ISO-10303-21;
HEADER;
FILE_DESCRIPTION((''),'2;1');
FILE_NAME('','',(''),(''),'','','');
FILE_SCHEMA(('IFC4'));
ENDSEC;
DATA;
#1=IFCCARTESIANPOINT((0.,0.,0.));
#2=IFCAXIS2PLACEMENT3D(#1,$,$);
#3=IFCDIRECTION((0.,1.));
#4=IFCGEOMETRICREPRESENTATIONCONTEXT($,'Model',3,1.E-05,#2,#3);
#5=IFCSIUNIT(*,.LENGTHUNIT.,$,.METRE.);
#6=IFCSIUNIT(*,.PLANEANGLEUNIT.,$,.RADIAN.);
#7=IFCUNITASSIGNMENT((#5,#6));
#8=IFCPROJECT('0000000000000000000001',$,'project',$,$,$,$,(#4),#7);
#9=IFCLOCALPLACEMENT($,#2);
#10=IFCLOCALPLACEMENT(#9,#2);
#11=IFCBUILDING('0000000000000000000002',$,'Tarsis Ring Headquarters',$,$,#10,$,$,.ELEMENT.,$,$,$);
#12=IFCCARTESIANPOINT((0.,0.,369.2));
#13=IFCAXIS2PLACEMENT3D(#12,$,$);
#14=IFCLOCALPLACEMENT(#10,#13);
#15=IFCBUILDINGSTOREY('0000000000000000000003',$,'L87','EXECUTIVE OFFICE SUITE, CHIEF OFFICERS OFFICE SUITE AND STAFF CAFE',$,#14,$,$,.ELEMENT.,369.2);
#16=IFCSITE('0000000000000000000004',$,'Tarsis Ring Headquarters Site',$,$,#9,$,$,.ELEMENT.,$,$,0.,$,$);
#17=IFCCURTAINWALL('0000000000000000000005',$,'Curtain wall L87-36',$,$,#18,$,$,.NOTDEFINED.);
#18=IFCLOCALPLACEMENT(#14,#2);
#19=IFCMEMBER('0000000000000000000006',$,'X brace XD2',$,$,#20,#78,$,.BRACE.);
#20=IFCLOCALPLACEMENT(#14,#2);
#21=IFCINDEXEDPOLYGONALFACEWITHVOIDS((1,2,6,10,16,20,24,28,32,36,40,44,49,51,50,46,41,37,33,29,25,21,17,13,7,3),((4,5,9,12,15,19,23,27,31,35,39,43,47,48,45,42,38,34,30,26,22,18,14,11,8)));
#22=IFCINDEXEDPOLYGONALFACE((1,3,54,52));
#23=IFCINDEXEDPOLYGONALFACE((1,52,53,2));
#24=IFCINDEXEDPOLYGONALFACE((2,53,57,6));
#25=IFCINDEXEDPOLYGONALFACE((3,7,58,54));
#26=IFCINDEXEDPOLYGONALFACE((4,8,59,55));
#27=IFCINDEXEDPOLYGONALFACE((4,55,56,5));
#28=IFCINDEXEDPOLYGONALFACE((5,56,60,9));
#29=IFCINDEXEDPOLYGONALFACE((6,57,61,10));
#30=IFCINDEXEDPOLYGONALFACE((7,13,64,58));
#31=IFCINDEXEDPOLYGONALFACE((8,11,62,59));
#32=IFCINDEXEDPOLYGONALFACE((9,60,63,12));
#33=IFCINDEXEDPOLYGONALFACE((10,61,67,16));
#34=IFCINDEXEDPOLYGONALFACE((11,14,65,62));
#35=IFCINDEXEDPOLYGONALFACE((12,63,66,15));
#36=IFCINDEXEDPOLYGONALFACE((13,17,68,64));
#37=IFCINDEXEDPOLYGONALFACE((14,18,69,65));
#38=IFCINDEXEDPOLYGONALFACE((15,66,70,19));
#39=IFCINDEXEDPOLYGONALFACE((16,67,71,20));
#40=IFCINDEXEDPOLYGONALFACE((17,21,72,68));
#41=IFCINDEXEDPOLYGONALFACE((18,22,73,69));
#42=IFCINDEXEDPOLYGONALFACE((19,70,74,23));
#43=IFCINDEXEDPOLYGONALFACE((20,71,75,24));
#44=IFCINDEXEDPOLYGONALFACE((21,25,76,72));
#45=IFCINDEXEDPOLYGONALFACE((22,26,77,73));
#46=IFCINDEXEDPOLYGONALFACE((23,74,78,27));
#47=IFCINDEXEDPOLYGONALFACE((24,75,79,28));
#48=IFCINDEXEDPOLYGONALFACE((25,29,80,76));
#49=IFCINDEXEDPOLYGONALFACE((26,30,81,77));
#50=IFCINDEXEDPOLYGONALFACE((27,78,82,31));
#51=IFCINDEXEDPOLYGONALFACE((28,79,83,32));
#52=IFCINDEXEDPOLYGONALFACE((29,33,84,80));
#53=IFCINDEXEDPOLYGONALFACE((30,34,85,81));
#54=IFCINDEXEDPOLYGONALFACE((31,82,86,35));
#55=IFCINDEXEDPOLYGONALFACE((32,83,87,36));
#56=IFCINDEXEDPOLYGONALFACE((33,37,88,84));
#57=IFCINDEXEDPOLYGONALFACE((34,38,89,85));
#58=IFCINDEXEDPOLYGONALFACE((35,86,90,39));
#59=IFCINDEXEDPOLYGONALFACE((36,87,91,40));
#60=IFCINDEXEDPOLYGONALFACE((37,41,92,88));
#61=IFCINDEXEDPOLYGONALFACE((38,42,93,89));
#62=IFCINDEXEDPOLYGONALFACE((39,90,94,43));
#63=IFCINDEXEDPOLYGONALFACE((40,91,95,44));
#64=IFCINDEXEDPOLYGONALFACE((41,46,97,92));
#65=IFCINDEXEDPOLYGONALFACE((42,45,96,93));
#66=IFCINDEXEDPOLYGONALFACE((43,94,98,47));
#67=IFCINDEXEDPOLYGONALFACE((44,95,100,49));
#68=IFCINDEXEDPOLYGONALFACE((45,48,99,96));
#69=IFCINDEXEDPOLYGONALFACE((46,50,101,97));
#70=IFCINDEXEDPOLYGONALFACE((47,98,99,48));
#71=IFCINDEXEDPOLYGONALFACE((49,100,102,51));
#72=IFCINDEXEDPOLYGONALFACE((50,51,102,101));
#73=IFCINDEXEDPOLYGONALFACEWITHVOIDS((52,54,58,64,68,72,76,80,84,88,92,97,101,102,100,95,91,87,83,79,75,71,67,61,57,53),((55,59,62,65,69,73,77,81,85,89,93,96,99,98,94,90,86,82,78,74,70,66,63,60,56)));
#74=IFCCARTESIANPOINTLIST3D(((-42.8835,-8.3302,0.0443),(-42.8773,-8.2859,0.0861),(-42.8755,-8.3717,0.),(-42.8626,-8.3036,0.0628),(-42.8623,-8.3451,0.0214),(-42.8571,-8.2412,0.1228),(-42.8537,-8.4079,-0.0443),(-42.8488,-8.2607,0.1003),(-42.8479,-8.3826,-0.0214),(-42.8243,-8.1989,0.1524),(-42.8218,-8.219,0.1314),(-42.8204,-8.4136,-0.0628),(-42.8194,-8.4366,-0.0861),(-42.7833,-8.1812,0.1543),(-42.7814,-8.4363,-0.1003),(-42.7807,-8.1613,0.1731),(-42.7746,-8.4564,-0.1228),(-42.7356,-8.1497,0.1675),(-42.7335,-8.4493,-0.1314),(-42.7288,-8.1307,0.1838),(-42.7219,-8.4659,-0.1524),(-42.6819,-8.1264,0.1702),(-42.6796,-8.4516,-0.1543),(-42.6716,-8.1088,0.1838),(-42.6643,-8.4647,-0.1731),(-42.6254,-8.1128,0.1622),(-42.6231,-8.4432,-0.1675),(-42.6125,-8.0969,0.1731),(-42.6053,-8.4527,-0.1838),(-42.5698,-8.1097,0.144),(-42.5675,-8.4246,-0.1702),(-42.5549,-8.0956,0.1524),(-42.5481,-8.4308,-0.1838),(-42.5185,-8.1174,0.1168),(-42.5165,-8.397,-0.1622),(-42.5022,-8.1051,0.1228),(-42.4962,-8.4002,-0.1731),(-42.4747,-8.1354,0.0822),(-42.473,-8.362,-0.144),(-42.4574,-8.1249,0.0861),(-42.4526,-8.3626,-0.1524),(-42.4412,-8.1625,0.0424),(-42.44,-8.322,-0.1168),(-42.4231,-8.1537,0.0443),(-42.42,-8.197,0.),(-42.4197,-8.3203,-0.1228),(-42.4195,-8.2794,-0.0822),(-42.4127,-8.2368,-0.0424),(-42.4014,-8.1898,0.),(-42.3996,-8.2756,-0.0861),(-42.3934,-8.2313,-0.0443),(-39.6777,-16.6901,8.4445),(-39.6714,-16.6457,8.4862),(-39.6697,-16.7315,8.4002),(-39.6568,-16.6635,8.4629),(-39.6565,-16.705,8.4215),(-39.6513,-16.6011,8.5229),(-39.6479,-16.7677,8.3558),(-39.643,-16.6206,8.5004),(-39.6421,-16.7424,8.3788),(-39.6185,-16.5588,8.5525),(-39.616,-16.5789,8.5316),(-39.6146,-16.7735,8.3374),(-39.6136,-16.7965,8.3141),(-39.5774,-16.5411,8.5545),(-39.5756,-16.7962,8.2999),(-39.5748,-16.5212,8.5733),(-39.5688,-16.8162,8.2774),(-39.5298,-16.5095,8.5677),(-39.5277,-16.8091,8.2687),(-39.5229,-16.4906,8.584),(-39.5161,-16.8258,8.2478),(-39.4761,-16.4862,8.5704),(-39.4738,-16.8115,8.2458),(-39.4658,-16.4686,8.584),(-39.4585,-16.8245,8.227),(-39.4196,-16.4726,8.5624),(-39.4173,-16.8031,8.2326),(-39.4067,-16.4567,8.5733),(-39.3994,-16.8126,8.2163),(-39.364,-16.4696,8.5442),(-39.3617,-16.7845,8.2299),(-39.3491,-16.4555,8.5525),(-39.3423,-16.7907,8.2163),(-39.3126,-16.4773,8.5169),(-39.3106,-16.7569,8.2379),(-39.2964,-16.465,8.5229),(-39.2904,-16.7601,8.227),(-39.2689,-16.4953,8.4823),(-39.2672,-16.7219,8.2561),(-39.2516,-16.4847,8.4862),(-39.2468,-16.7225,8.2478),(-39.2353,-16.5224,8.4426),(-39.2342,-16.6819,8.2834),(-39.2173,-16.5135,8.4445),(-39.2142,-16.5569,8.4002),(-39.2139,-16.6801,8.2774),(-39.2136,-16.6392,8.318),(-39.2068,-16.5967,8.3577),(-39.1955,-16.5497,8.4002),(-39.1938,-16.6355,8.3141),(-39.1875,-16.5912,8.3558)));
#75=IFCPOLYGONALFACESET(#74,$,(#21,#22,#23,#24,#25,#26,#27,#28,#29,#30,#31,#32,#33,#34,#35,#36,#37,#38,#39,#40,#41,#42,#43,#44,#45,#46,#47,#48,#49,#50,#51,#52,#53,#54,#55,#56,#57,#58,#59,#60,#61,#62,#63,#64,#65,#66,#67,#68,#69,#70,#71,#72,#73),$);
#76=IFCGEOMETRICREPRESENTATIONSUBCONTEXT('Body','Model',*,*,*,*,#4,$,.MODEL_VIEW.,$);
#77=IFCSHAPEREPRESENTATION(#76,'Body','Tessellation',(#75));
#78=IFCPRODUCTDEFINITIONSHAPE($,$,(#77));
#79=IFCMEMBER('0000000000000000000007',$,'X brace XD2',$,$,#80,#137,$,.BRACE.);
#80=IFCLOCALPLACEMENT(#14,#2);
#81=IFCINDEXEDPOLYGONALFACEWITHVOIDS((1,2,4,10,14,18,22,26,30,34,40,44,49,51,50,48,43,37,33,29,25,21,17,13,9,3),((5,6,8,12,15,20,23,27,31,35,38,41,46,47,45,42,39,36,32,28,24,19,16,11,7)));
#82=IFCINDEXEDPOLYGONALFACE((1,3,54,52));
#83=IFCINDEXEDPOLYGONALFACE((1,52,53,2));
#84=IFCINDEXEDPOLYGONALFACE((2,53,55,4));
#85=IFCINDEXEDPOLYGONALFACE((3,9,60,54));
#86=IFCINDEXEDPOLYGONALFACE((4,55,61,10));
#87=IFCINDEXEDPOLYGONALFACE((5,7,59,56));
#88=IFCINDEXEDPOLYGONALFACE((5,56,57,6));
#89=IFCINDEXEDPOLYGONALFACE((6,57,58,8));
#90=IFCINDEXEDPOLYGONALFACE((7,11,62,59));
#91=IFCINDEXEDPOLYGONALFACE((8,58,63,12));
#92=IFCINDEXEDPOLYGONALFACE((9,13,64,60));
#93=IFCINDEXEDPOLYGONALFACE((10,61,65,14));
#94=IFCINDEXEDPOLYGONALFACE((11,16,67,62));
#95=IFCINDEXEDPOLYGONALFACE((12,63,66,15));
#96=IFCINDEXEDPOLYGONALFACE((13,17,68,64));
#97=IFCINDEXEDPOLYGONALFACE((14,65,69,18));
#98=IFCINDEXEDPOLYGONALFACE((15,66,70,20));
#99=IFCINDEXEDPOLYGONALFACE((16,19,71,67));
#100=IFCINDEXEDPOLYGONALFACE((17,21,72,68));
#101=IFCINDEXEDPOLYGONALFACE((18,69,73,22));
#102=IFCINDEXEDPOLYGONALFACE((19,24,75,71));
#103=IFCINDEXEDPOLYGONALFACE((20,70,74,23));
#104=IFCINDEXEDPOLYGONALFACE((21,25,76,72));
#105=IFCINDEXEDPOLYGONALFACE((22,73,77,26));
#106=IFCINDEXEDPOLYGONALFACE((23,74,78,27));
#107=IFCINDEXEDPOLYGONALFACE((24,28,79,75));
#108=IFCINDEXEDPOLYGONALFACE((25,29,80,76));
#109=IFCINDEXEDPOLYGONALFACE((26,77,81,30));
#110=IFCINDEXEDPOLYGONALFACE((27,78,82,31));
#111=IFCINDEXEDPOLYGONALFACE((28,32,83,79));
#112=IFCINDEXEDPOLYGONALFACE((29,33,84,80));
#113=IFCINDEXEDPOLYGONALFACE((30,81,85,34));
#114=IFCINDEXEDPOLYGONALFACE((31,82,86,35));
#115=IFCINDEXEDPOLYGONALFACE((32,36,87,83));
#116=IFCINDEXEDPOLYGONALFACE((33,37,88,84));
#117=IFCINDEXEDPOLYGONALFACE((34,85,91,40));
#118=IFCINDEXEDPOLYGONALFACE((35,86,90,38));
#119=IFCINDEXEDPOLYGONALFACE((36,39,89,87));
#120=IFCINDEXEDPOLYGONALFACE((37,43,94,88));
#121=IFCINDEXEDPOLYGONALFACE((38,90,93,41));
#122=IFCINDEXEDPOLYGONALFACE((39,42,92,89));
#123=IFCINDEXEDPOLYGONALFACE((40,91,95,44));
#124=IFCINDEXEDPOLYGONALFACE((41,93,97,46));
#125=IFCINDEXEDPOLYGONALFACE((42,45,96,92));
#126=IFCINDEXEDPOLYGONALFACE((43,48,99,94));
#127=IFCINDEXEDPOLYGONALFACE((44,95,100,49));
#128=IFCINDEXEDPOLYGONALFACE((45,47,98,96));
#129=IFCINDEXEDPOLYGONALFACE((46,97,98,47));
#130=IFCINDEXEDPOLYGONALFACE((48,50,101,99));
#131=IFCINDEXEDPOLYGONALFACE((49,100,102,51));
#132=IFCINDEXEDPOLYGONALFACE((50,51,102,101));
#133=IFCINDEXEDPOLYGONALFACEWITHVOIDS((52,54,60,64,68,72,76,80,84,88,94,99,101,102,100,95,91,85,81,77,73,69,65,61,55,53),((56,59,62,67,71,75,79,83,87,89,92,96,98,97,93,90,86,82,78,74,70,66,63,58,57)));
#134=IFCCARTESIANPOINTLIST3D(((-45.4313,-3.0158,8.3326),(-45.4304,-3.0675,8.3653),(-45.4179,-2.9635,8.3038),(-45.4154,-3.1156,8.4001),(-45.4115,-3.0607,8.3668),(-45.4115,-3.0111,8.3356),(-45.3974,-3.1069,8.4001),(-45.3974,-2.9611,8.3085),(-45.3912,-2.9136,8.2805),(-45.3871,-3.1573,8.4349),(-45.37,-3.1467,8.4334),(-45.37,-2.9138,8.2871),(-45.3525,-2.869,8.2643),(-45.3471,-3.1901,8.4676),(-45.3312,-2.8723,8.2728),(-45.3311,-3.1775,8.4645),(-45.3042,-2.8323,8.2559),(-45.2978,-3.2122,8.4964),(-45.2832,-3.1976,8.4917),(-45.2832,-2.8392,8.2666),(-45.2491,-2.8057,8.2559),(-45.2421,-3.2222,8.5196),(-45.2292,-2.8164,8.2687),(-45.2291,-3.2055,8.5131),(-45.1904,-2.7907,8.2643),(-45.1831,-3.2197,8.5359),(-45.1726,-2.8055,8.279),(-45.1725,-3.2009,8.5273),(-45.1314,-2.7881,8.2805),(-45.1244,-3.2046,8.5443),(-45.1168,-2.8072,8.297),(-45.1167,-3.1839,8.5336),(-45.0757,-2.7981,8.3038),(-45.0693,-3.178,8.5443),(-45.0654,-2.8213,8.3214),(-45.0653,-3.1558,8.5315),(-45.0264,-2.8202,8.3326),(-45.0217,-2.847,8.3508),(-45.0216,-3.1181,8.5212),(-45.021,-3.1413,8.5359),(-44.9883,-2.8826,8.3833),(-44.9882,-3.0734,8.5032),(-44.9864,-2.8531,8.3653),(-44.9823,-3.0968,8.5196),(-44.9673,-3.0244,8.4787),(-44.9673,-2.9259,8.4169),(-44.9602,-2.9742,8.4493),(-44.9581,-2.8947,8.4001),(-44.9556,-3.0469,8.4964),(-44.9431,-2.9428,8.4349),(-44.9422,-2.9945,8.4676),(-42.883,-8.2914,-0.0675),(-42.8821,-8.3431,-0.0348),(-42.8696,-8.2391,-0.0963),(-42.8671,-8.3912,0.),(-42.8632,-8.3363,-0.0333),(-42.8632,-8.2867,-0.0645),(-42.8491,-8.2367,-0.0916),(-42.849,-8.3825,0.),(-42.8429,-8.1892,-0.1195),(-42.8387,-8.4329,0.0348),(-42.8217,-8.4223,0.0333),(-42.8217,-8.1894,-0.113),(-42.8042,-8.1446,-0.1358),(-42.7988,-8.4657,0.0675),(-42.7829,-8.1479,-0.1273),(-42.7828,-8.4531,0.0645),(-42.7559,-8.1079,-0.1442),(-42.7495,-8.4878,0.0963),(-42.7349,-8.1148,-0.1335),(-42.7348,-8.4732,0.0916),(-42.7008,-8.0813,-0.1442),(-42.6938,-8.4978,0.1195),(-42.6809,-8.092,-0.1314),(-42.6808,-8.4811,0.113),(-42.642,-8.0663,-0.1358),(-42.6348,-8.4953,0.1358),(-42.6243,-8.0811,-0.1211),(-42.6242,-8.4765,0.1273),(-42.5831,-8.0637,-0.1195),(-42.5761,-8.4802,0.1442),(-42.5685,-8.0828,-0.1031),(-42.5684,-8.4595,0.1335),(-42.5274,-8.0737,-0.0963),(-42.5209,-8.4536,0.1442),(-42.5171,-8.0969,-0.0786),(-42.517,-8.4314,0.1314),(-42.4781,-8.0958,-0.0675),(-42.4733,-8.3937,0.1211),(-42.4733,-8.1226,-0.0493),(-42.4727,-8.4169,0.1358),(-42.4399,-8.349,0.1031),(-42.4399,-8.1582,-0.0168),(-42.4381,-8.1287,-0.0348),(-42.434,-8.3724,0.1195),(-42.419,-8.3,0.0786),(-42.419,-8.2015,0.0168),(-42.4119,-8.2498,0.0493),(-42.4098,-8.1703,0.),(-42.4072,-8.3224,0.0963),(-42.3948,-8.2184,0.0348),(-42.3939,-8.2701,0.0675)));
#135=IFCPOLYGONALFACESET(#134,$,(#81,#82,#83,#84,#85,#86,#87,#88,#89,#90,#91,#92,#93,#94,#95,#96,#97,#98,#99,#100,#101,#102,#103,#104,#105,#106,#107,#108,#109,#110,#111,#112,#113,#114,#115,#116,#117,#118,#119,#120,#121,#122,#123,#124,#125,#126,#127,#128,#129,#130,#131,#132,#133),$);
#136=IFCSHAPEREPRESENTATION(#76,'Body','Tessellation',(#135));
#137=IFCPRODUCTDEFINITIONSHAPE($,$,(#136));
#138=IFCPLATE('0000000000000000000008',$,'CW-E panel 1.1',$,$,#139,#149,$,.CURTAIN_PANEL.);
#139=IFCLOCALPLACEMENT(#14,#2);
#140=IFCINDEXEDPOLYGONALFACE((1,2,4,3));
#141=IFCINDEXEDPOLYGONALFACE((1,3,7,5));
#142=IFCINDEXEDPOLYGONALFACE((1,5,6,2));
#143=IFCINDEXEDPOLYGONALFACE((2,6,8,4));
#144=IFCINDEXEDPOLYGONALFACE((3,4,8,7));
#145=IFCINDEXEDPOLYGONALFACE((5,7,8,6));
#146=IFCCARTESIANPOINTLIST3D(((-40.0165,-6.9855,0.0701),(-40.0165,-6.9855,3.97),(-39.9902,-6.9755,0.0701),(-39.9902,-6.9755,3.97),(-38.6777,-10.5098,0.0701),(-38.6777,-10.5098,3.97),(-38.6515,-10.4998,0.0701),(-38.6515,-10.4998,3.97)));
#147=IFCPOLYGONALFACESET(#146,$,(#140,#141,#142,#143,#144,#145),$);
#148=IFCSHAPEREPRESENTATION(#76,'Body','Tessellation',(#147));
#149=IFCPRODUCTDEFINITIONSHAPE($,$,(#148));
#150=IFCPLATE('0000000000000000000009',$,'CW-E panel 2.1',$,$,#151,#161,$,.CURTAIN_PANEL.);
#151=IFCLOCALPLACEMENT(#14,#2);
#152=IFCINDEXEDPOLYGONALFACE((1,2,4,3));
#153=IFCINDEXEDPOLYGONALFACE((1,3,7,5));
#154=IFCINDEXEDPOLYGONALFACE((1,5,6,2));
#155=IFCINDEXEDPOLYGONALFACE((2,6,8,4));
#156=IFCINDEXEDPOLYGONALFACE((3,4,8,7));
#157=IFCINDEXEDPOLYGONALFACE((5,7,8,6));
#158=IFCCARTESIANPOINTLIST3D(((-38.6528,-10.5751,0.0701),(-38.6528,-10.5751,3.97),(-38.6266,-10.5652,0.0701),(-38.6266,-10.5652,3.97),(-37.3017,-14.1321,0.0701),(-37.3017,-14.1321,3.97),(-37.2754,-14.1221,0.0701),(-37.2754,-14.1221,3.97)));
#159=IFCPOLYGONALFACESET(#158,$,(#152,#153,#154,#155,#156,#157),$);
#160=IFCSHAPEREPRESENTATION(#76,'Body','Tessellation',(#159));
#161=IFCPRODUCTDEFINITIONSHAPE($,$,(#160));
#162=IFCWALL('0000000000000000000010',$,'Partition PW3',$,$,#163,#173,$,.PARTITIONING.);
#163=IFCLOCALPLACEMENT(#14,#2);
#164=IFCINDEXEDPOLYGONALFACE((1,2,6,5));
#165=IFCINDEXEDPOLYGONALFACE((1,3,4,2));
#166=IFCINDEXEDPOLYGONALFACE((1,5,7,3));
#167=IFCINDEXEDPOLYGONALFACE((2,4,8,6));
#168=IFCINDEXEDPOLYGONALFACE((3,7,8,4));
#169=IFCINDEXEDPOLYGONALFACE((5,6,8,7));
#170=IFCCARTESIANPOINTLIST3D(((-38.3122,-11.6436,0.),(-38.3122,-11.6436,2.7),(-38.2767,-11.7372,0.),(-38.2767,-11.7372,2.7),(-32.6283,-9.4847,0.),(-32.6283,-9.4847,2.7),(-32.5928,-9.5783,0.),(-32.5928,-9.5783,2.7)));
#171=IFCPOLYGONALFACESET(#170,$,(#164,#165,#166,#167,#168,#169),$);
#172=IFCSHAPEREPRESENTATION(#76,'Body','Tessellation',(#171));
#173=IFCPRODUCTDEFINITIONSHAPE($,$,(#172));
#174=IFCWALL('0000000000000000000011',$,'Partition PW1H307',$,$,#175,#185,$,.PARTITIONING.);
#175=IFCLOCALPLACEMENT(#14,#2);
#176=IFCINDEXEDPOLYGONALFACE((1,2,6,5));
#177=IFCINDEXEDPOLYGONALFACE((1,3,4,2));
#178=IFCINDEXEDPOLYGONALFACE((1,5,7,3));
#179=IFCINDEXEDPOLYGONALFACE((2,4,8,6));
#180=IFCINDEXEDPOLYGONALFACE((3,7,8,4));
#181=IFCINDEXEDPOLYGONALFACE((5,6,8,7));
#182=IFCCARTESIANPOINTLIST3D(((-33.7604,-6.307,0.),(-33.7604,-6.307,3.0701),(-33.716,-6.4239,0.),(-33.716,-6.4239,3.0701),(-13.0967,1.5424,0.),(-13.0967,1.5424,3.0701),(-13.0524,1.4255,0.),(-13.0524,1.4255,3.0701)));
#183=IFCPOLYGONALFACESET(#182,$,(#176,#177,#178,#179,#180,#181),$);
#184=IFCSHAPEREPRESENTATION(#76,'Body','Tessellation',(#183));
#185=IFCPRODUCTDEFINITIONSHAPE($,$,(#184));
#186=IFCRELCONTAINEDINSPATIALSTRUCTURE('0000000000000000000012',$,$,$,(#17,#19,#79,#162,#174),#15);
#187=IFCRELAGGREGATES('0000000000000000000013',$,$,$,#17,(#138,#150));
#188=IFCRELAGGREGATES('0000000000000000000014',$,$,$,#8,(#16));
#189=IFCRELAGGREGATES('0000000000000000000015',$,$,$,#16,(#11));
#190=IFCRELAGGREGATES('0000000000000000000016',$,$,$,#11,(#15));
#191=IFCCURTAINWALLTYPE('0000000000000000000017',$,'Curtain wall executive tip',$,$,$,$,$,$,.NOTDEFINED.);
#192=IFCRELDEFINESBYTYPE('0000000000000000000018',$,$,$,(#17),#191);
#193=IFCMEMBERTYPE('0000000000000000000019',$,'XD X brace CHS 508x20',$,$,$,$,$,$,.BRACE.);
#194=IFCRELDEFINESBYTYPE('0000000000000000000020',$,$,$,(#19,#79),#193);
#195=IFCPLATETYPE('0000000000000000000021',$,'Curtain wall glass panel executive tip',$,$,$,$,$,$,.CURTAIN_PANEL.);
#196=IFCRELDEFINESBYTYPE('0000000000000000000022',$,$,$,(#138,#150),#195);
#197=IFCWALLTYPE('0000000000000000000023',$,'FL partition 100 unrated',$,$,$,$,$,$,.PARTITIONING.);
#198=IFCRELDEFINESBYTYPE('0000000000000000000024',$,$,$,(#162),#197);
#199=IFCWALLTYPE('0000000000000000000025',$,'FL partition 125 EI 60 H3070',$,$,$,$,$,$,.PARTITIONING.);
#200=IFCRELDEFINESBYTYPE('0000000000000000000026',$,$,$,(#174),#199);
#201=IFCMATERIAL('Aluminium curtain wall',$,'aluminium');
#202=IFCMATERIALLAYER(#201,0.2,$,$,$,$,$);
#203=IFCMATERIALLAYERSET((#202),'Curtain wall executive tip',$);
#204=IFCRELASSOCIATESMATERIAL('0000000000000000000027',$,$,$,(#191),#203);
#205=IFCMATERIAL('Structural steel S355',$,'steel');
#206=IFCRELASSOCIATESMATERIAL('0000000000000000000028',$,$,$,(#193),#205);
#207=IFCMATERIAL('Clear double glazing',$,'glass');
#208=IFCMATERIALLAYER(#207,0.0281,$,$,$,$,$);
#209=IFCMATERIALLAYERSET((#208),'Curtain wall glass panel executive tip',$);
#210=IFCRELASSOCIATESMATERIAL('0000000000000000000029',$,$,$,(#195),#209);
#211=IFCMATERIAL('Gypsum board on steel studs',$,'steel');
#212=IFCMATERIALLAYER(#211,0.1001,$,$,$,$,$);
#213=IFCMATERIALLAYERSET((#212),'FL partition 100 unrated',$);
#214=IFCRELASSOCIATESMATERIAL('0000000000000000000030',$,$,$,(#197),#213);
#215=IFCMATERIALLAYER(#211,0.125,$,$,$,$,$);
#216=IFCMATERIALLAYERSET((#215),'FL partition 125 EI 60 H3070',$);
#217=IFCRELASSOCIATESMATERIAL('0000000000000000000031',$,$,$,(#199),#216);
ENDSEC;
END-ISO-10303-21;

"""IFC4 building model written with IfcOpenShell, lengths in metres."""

from ifc_helpers import new_model, si_unit, direction, frame, frame_2d, origin, origin_2d, place, context, subcontext, project, spatial, rectangle, hollow_circle, extrude, material, layer, layer_set, material_profile, profile_set, type_object, element, aggregate, save


model = new_model("IFC4")

# Units and contexts
model_context = context("Model", 3, precision=1e-05, world=origin(), true_north=direction((0.0, 1.0)))
body_context = subcontext(model_context, "Body", "Model", "MODEL_VIEW")
ifc_project = project(units=[si_unit("LENGTHUNIT", "METRE"), si_unit("PLANEANGLEUNIT", "RADIAN")], contexts=[model_context])

# Site, building, storey
site_placement = place(None, origin())
site = spatial("IfcSite", under=ifc_project, at=site_placement, Name="Tarsis Ring Headquarters Site", CompositionType="ELEMENT", RefElevation=0.0)
building_placement = place(site_placement, origin())
building = spatial("IfcBuilding", under=site, at=building_placement, Name="Tarsis Ring Headquarters", CompositionType="ELEMENT")
storey_placement = place(building_placement, frame((0.0, 0.0, 369.2)))
storey = spatial("IfcBuildingStorey", under=building, at=storey_placement, Name="L87", Description="EXECUTIVE OFFICE SUITE, CHIEF OFFICERS OFFICE SUITE AND STAFF CAFE", CompositionType="ELEMENT", Elevation=369.2)

# Curtain wall
ifc_material_1 = material(Name="Aluminium curtain wall", Category="aluminium")
ifc_layer_1 = layer(ifc_material_1, 0.2)
ifc_layer_set_1 = layer_set([ifc_layer_1], Name="Curtain wall executive tip")
curtain_wall_type = type_object("IfcCurtainWallType", Name="Curtain wall executive tip", PredefinedType="NOTDEFINED", material=ifc_layer_set_1)
curtain_wall_placement = place(storey_placement, origin())
curtain_wall = element("IfcCurtainWall", 1, at=curtain_wall_placement, inside=storey, type_object=curtain_wall_type, Name="Curtain wall L87-36", PredefinedType="NOTDEFINED")

# Members
ifc_material_2 = material(Name="Structural steel S355", Category="steel")
ifc_material_profile_1 = material_profile(ifc_material_2, hollow_circle(Radius=0.2539, WallThickness=0.02, at=origin_2d()), Name="CHS 508x20")
ifc_profile_set_1 = profile_set([ifc_material_profile_1], Name="Structural steel S355")
member_type_1 = type_object("IfcMemberType", Name="XD X brace CHS 508x20", PredefinedType="BRACE", material=ifc_profile_set_1)
member_1_placement = place(storey_placement, frame((-42.6384, -8.2808, 0.0), z_axis=(0.261121, -0.680932, 0.684213), x_axis=(0.933701, 0.358053, 0.0)))
element("IfcMember", 2, at=member_1_placement, inside=storey, type_object=member_type_1, Name="X brace XD2", PredefinedType="BRACE", context=body_context, shape_type="SweptSolid", body=[
    extrude(hollow_circle(Radius=0.2539, WallThickness=0.02, at=origin_2d()), origin(), (0.0, 0.0, 1.0), 12.2771),
])
member_2_placement = place(storey_placement, frame((-42.6384, -8.2808, 0.0), z_axis=(-0.248824, 0.515122, 0.820205), x_axis=(-0.900453, -0.434954, 0.0)))
element("IfcMember", 3, at=member_2_placement, inside=storey, type_object=member_type_1, Name="X brace XD2", PredefinedType="BRACE", context=body_context, shape_type="SweptSolid", body=[
    extrude(hollow_circle(Radius=0.2539, WallThickness=0.02, at=origin_2d()), origin(), (0.0, 0.0, 1.0), 10.2415),
])

# Plates
ifc_material_3 = material(Name="Clear double glazing", Category="glass")
ifc_layer_2 = layer(ifc_material_3, 0.0281)
ifc_layer_set_2 = layer_set([ifc_layer_2], Name="Curtain wall glass panel executive tip")
plate_type = type_object("IfcPlateType", Name="Curtain wall glass panel executive tip", PredefinedType="CURTAIN_PANEL", material=ifc_layer_set_2)
plate_1_placement = place(storey_placement, frame((-39.334, -8.7427, 0.0701), z_axis=(0.0, 0.0, 1.0), x_axis=(0.355107, -0.934826, 0.0)))
plate_1 = element("IfcPlate", 4, at=plate_1_placement, type_object=plate_type, Name="CW-E panel 1.1", PredefinedType="CURTAIN_PANEL", context=body_context, shape_type="SweptSolid", body=[
    extrude(rectangle(XDim=3.77, YDim=0.0281, at=origin_2d()), origin(), (0.0, 0.0, 1.0), 3.8999),
])
plate_2_placement = place(storey_placement, frame((-37.9641, -12.3486, 0.0701), z_axis=(0.0, 0.0, 1.0), x_axis=(0.355107, -0.934826, 0.0)))
plate_2 = element("IfcPlate", 5, at=plate_2_placement, type_object=plate_type, Name="CW-E panel 2.1", PredefinedType="CURTAIN_PANEL", context=body_context, shape_type="SweptSolid", body=[
    extrude(rectangle(XDim=3.8049, YDim=0.0281, at=origin_2d()), origin(), (0.0, 0.0, 1.0), 3.8999),
])
aggregate(curtain_wall, [plate_1, plate_2])

# Walls
ifc_material_4 = material(Name="Gypsum board on steel studs", Category="steel")
ifc_layer_3 = layer(ifc_material_4, 0.1001)
ifc_layer_set_3 = layer_set([ifc_layer_3], Name="FL partition 100 unrated")
wall_type_1 = type_object("IfcWallType", Name="FL partition 100 unrated", PredefinedType="PARTITIONING", material=ifc_layer_set_3)
wall_1_placement = place(storey_placement, frame((-38.2944, -11.6904, 0.0), z_axis=(0.0, 0.0, 1.0), x_axis=(0.934834, 0.355085, 0.0)))
element("IfcWall", 6, at=wall_1_placement, inside=storey, type_object=wall_type_1, Name="Partition PW3", PredefinedType="PARTITIONING", context=body_context, shape_type="SweptSolid", body=[
    extrude(rectangle(XDim=6.0801, YDim=0.1001, at=frame_2d((3.04, 0.0))), origin(), (0.0, 0.0, 1.0), 2.7),
])
ifc_layer_4 = layer(ifc_material_4, 0.125)
ifc_layer_set_4 = layer_set([ifc_layer_4], Name="FL partition 125 EI 60 H3070")
wall_type_2 = type_object("IfcWallType", Name="FL partition 125 EI 60 H3070", PredefinedType="PARTITIONING", material=ifc_layer_set_4)
wall_2_placement = place(storey_placement, frame((-33.7383, -6.3655, 0.0), z_axis=(0.0, 0.0, 1.0), x_axis=(0.934826, 0.355107, 0.0)))
element("IfcWall", 7, at=wall_2_placement, inside=storey, type_object=wall_type_2, Name="Partition PW1H307", PredefinedType="PARTITIONING", context=body_context, shape_type="SweptSolid", body=[
    extrude(rectangle(XDim=22.1042, YDim=0.125, at=frame_2d((11.0522, 0.0))), origin(), (0.0, 0.0, 1.0), 3.0701),
])

save(model, "model.ifc")
